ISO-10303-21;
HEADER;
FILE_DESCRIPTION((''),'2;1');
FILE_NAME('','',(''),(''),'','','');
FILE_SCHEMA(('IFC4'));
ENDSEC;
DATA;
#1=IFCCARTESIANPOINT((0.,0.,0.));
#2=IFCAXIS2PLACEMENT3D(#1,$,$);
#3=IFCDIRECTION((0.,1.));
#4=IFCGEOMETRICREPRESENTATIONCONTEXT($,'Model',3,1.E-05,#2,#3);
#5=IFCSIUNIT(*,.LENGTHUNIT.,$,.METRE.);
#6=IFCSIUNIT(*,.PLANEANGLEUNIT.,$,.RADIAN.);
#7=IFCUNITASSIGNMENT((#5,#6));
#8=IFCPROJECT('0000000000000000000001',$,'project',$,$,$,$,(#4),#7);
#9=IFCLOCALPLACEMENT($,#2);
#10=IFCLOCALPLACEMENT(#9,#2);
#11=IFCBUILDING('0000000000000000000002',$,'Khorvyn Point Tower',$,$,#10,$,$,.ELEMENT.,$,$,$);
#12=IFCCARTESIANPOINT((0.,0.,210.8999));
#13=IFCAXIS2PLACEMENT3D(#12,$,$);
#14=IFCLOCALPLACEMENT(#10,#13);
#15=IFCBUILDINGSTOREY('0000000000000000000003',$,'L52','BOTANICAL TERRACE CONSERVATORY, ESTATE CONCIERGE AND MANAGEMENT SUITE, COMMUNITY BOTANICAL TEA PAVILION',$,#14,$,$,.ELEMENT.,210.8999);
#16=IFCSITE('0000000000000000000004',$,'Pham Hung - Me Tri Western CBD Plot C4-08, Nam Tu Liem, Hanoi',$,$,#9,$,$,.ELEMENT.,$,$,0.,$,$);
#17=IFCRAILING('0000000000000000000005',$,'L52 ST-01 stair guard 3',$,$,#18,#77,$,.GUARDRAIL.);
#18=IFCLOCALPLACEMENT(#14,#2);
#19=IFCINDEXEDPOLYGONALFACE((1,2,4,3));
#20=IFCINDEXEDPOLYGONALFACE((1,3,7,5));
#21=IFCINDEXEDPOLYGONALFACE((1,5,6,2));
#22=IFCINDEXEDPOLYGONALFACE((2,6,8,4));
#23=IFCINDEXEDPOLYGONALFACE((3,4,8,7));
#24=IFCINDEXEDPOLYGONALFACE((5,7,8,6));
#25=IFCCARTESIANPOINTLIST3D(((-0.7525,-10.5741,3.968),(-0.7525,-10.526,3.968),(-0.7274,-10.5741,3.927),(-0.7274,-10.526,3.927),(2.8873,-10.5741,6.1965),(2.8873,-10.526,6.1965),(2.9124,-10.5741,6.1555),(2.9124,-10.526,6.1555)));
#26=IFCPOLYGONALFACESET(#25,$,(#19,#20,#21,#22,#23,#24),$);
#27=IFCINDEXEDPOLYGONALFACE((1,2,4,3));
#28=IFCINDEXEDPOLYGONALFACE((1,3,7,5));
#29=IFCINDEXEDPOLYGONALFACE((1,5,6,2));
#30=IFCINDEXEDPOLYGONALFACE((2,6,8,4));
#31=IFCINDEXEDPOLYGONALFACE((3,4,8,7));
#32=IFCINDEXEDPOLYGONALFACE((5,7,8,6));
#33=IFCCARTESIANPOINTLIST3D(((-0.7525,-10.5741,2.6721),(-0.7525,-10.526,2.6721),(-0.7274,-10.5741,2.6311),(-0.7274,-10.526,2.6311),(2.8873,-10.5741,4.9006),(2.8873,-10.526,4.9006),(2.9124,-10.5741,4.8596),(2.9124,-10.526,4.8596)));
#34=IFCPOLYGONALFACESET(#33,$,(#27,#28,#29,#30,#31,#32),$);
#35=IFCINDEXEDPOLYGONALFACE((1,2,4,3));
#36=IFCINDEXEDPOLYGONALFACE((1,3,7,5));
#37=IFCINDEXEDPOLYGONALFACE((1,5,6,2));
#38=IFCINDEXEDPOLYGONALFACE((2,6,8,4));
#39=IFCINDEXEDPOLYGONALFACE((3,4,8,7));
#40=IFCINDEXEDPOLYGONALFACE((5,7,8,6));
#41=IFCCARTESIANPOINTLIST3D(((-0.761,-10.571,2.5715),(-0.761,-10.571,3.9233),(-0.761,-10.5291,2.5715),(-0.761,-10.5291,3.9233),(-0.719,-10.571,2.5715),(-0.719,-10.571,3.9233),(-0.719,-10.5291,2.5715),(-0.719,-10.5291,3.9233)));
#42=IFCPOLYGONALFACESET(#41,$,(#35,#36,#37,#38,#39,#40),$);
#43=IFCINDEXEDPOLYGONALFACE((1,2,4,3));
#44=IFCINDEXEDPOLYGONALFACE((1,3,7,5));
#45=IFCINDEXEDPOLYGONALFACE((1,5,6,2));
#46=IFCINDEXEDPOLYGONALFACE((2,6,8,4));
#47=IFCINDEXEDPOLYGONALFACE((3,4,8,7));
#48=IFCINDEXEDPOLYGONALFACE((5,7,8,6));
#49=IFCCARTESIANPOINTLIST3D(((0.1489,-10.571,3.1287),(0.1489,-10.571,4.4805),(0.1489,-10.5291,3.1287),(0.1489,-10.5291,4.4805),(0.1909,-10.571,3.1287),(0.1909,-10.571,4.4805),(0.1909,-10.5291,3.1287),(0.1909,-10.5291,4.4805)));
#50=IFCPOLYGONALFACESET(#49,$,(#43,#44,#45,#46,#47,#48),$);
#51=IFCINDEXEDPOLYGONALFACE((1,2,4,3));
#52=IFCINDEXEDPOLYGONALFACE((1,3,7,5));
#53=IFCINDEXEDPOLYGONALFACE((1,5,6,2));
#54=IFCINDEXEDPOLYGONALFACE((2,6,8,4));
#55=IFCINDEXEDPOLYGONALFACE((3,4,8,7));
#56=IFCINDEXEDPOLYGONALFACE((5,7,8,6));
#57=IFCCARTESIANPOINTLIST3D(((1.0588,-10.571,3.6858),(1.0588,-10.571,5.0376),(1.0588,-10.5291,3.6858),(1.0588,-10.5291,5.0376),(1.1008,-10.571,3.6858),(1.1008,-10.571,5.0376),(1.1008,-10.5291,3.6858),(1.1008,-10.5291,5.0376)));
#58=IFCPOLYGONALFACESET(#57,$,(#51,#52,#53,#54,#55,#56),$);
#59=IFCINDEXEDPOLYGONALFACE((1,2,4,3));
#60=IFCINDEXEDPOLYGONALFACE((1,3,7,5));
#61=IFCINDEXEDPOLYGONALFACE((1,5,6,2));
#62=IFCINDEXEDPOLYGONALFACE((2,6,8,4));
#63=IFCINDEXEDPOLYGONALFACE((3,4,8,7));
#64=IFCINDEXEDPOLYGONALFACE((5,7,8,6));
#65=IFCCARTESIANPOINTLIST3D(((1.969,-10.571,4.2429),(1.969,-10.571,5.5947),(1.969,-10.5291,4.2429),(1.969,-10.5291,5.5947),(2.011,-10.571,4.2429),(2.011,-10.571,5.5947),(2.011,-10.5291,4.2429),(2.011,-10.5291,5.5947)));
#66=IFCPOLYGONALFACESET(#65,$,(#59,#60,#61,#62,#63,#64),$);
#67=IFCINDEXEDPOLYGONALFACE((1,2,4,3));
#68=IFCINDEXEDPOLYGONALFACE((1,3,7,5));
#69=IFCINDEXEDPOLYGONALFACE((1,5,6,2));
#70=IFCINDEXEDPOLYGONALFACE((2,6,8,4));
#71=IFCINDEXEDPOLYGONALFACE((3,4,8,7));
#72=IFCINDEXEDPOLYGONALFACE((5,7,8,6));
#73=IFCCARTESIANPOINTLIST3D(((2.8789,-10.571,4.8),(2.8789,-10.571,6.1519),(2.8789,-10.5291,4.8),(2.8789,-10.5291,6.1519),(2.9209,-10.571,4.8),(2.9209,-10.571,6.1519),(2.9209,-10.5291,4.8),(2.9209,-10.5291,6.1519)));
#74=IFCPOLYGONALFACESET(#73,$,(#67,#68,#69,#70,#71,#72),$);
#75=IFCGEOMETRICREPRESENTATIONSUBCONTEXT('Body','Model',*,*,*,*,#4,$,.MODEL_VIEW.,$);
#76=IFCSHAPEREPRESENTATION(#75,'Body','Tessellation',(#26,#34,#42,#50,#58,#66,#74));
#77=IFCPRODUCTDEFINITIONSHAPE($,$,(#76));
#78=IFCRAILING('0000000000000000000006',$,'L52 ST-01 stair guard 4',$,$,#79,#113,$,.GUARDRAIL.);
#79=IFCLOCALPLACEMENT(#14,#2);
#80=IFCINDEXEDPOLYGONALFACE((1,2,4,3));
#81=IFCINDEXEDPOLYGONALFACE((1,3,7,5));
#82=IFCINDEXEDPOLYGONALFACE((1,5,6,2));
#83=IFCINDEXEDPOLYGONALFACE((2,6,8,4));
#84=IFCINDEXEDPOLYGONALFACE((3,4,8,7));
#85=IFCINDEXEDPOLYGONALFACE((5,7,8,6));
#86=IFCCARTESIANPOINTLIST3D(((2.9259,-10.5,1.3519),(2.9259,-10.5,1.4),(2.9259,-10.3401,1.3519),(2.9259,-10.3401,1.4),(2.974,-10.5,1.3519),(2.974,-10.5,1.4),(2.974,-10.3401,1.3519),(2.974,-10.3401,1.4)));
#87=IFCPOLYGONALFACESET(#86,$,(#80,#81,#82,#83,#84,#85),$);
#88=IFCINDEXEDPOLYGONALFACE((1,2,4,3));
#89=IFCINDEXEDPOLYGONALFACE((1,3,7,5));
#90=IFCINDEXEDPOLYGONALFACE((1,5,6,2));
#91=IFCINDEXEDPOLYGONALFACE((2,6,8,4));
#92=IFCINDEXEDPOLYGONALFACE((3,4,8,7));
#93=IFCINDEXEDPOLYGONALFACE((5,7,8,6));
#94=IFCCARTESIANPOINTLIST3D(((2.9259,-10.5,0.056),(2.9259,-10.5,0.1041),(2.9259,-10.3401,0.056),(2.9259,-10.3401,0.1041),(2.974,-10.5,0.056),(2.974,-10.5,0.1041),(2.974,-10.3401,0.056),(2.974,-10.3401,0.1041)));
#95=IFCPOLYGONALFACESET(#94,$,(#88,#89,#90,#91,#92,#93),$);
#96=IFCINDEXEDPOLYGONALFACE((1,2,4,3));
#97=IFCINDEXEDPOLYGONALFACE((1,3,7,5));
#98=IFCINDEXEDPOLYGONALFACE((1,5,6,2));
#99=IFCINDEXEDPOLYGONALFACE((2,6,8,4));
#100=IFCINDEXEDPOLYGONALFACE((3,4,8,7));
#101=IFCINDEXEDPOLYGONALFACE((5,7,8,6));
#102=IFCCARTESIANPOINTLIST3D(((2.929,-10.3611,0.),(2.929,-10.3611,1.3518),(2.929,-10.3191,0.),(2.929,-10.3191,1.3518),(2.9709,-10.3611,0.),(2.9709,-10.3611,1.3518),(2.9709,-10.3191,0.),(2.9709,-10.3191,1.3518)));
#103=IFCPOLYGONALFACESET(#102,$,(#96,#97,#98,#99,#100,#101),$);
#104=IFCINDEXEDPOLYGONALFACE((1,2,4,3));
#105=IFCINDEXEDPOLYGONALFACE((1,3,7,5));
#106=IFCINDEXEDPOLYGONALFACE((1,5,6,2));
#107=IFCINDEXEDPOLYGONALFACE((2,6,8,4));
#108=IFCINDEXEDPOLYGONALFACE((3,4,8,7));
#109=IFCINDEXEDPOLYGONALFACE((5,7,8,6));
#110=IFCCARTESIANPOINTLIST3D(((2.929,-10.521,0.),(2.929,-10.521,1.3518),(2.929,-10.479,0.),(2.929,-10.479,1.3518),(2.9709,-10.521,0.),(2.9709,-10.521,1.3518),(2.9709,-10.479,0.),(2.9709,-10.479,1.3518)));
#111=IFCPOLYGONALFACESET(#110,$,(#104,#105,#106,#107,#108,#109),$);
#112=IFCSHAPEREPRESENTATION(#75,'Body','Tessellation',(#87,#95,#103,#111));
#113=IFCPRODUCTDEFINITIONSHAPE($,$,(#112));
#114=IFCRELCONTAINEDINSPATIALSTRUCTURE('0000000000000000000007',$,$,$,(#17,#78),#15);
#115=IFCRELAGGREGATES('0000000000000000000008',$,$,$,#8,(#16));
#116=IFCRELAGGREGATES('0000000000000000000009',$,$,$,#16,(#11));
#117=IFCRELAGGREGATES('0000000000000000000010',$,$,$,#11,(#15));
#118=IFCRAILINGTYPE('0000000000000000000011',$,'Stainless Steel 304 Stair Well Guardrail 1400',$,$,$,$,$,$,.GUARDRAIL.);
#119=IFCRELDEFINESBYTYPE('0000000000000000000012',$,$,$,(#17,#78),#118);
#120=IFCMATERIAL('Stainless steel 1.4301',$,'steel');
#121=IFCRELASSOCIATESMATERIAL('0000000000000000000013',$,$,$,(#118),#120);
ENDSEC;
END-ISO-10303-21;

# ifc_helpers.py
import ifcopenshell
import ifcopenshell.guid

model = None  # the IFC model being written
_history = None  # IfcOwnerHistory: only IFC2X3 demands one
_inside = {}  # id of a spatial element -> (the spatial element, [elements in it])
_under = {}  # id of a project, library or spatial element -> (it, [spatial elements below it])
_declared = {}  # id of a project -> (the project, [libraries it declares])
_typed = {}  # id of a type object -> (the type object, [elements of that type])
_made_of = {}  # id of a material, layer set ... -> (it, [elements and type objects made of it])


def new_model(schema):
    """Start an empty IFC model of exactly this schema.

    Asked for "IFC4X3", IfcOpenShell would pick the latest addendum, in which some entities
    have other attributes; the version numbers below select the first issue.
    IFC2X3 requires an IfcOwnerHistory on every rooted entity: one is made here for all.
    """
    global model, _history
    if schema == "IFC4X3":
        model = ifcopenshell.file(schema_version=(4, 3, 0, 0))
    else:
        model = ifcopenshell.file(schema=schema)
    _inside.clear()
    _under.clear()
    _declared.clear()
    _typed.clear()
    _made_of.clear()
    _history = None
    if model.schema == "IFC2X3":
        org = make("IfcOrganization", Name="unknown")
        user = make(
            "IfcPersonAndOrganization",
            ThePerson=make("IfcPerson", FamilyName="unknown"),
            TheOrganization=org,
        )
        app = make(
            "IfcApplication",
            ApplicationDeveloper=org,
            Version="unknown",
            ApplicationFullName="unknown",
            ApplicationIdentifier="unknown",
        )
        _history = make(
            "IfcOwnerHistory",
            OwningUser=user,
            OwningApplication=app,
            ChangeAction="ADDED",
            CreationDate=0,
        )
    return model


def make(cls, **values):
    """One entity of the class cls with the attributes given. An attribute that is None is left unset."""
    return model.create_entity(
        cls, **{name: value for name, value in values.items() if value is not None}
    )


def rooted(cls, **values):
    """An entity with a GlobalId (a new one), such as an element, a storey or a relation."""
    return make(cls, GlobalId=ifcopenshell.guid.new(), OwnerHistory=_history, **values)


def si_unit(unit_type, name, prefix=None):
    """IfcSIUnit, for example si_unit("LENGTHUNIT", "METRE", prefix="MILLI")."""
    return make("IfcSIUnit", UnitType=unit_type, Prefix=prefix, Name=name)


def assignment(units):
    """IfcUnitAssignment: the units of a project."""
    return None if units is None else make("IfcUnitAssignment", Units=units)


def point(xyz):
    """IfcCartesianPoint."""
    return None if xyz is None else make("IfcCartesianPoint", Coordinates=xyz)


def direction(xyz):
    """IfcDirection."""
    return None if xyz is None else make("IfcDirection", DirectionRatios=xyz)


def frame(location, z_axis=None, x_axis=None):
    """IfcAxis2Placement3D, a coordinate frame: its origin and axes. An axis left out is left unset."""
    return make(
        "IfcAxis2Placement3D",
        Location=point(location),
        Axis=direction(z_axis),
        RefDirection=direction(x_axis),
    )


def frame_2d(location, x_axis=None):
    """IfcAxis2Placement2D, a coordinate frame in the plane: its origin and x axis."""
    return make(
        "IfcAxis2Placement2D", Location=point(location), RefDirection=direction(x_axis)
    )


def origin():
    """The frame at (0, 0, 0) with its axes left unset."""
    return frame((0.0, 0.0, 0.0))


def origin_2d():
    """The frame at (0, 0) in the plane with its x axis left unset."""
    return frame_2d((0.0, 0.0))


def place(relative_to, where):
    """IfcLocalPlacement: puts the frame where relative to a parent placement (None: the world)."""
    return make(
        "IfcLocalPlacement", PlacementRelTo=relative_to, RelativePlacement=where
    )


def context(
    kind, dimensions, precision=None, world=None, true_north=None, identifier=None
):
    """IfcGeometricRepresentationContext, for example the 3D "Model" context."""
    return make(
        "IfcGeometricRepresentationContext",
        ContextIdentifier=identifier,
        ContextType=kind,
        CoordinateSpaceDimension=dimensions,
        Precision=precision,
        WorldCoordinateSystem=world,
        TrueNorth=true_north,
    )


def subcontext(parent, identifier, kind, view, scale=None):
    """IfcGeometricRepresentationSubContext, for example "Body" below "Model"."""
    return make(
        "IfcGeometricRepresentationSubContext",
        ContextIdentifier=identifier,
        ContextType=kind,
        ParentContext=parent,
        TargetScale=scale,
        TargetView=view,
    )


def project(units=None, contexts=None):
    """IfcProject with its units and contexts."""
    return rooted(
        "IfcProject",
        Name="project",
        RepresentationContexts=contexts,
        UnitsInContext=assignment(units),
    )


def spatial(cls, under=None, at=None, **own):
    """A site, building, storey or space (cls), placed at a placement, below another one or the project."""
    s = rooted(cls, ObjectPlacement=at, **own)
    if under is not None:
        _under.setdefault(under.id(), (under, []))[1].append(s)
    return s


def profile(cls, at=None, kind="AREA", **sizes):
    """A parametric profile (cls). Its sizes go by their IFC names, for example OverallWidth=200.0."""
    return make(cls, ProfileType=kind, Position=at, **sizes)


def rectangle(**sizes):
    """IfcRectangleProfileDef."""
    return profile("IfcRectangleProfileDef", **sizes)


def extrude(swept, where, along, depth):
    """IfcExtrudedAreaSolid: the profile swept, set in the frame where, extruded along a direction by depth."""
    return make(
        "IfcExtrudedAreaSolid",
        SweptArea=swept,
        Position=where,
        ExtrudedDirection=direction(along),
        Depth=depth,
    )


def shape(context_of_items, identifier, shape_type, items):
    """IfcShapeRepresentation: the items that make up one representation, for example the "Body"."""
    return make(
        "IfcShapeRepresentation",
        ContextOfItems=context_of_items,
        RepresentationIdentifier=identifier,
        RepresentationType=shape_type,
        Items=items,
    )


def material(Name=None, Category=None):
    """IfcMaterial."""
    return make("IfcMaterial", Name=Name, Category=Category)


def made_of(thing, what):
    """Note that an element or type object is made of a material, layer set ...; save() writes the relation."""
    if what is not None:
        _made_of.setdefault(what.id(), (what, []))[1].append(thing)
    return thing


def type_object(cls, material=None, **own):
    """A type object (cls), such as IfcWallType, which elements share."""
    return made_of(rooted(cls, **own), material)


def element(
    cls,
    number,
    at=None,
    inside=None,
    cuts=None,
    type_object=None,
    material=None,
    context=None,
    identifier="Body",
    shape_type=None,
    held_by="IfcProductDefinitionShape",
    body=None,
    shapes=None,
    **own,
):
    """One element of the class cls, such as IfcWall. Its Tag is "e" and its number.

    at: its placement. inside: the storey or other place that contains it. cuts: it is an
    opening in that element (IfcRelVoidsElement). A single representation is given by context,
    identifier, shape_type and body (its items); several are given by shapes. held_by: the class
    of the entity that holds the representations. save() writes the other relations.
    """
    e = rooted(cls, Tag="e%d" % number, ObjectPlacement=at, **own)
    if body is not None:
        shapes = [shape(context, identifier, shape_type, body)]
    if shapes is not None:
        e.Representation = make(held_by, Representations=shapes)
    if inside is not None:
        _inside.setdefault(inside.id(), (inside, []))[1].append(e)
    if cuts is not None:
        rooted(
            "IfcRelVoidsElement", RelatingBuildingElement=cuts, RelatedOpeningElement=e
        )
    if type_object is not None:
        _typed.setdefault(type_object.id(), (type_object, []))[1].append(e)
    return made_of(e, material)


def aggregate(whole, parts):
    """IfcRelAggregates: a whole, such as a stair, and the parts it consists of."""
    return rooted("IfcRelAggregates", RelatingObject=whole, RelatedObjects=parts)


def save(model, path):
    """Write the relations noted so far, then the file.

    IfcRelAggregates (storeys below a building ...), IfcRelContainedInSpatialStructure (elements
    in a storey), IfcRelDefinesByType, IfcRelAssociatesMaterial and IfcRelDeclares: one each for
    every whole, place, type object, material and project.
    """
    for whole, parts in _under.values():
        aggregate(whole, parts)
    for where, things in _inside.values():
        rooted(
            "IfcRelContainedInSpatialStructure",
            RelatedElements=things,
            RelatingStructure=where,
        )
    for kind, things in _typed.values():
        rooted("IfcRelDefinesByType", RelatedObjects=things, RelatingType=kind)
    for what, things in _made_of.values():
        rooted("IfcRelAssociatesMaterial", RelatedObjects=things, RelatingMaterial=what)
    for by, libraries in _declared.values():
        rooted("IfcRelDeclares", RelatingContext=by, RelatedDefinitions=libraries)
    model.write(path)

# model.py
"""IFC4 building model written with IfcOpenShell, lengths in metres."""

from ifc_helpers import new_model, si_unit, direction, frame, origin, origin_2d, place, context, subcontext, project, spatial, rectangle, extrude, material, type_object, element, save


model = new_model("IFC4")

# Units and contexts
model_context = context("Model", 3, precision=1e-05, world=origin(), true_north=direction((0.0, 1.0)))
body_context = subcontext(model_context, "Body", "Model", "MODEL_VIEW")
ifc_project = project(units=[si_unit("LENGTHUNIT", "METRE"), si_unit("PLANEANGLEUNIT", "RADIAN")], contexts=[model_context])

# Site, building, storey
site_placement = place(None, origin())
site = spatial("IfcSite", under=ifc_project, at=site_placement, Name="Pham Hung - Me Tri Western CBD Plot C4-08, Nam Tu Liem, Hanoi", CompositionType="ELEMENT", RefElevation=0.0)
building_placement = place(site_placement, origin())
building = spatial("IfcBuilding", under=site, at=building_placement, Name="Khorvyn Point Tower", CompositionType="ELEMENT")
storey_placement = place(building_placement, frame((0.0, 0.0, 210.8999)))
storey = spatial("IfcBuildingStorey", under=building, at=storey_placement, Name="L52", Description="BOTANICAL TERRACE CONSERVATORY, ESTATE CONCIERGE AND MANAGEMENT SUITE, COMMUNITY BOTANICAL TEA PAVILION", CompositionType="ELEMENT", Elevation=210.8999)

# Shared definitions
ifc_material_1 = material(Name="Stainless steel 1.4301", Category="steel")

# Railings
railing_type_1 = type_object("IfcRailingType", Name="Stainless Steel 304 Stair Well Guardrail 1400", PredefinedType="GUARDRAIL", material=ifc_material_1)
railing_1_placement = place(storey_placement, frame((-0.74, -10.55, 2.5715)))
element("IfcRailing", 1, at=railing_1_placement, inside=storey, type_object=railing_type_1, Name="L52 ST-01 stair guard 3", PredefinedType="GUARDRAIL", context=body_context, shape_type="SweptSolid", body=[
    extrude(rectangle(XDim=0.0481, YDim=0.0481, at=origin_2d()), frame((0.0, 0.0, 1.376), z_axis=(0.85285, 0.0, 0.522156), x_axis=(0.0, 1.0, 0.0)), (0.0, 0.0, 1.0), 4.2678),
    extrude(rectangle(XDim=0.0481, YDim=0.0481, at=origin_2d()), frame((0.0, 0.0, 0.0801), z_axis=(0.85285, 0.0, 0.522156), x_axis=(0.0, 1.0, 0.0)), (0.0, 0.0, 1.0), 4.2678),
    extrude(rectangle(XDim=0.042, YDim=0.042, at=origin_2d()), origin(), (0.0, 0.0, 1.0), 1.3518),
    extrude(rectangle(XDim=0.042, YDim=0.042, at=origin_2d()), frame((0.9099, 0.0, 0.5571)), (0.0, 0.0, 1.0), 1.3518),
    extrude(rectangle(XDim=0.042, YDim=0.042, at=origin_2d()), frame((1.8198, 0.0, 1.1143)), (0.0, 0.0, 1.0), 1.3518),
    extrude(rectangle(XDim=0.042, YDim=0.042, at=origin_2d()), frame((2.73, 0.0, 1.6714)), (0.0, 0.0, 1.0), 1.3518),
    extrude(rectangle(XDim=0.042, YDim=0.042, at=origin_2d()), frame((3.6399, 0.0, 2.2285)), (0.0, 0.0, 1.0), 1.3518),
])
railing_2_placement = place(storey_placement, frame((2.95, -10.3401, 0.0)))
element("IfcRailing", 2, at=railing_2_placement, inside=storey, type_object=railing_type_1, Name="L52 ST-01 stair guard 4", PredefinedType="GUARDRAIL", context=body_context, shape_type="SweptSolid", body=[
    extrude(rectangle(XDim=0.0481, YDim=0.0481, at=origin_2d()), frame((0.0, 0.0, 1.376), z_axis=(0.0, -1.0, 0.0), x_axis=(1.0, 0.0, 0.0)), (0.0, 0.0, 1.0), 0.1599),
    extrude(rectangle(XDim=0.0481, YDim=0.0481, at=origin_2d()), frame((0.0, 0.0, 0.0801), z_axis=(0.0, -1.0, 0.0), x_axis=(1.0, 0.0, 0.0)), (0.0, 0.0, 1.0), 0.1599),
    extrude(rectangle(XDim=0.042, YDim=0.042, at=origin_2d()), origin(), (0.0, 0.0, 1.0), 1.3518),
    extrude(rectangle(XDim=0.042, YDim=0.042, at=origin_2d()), frame((0.0, -0.1599, 0.0)), (0.0, 0.0, 1.0), 1.3518),
])

save(model, "model.ifc")
